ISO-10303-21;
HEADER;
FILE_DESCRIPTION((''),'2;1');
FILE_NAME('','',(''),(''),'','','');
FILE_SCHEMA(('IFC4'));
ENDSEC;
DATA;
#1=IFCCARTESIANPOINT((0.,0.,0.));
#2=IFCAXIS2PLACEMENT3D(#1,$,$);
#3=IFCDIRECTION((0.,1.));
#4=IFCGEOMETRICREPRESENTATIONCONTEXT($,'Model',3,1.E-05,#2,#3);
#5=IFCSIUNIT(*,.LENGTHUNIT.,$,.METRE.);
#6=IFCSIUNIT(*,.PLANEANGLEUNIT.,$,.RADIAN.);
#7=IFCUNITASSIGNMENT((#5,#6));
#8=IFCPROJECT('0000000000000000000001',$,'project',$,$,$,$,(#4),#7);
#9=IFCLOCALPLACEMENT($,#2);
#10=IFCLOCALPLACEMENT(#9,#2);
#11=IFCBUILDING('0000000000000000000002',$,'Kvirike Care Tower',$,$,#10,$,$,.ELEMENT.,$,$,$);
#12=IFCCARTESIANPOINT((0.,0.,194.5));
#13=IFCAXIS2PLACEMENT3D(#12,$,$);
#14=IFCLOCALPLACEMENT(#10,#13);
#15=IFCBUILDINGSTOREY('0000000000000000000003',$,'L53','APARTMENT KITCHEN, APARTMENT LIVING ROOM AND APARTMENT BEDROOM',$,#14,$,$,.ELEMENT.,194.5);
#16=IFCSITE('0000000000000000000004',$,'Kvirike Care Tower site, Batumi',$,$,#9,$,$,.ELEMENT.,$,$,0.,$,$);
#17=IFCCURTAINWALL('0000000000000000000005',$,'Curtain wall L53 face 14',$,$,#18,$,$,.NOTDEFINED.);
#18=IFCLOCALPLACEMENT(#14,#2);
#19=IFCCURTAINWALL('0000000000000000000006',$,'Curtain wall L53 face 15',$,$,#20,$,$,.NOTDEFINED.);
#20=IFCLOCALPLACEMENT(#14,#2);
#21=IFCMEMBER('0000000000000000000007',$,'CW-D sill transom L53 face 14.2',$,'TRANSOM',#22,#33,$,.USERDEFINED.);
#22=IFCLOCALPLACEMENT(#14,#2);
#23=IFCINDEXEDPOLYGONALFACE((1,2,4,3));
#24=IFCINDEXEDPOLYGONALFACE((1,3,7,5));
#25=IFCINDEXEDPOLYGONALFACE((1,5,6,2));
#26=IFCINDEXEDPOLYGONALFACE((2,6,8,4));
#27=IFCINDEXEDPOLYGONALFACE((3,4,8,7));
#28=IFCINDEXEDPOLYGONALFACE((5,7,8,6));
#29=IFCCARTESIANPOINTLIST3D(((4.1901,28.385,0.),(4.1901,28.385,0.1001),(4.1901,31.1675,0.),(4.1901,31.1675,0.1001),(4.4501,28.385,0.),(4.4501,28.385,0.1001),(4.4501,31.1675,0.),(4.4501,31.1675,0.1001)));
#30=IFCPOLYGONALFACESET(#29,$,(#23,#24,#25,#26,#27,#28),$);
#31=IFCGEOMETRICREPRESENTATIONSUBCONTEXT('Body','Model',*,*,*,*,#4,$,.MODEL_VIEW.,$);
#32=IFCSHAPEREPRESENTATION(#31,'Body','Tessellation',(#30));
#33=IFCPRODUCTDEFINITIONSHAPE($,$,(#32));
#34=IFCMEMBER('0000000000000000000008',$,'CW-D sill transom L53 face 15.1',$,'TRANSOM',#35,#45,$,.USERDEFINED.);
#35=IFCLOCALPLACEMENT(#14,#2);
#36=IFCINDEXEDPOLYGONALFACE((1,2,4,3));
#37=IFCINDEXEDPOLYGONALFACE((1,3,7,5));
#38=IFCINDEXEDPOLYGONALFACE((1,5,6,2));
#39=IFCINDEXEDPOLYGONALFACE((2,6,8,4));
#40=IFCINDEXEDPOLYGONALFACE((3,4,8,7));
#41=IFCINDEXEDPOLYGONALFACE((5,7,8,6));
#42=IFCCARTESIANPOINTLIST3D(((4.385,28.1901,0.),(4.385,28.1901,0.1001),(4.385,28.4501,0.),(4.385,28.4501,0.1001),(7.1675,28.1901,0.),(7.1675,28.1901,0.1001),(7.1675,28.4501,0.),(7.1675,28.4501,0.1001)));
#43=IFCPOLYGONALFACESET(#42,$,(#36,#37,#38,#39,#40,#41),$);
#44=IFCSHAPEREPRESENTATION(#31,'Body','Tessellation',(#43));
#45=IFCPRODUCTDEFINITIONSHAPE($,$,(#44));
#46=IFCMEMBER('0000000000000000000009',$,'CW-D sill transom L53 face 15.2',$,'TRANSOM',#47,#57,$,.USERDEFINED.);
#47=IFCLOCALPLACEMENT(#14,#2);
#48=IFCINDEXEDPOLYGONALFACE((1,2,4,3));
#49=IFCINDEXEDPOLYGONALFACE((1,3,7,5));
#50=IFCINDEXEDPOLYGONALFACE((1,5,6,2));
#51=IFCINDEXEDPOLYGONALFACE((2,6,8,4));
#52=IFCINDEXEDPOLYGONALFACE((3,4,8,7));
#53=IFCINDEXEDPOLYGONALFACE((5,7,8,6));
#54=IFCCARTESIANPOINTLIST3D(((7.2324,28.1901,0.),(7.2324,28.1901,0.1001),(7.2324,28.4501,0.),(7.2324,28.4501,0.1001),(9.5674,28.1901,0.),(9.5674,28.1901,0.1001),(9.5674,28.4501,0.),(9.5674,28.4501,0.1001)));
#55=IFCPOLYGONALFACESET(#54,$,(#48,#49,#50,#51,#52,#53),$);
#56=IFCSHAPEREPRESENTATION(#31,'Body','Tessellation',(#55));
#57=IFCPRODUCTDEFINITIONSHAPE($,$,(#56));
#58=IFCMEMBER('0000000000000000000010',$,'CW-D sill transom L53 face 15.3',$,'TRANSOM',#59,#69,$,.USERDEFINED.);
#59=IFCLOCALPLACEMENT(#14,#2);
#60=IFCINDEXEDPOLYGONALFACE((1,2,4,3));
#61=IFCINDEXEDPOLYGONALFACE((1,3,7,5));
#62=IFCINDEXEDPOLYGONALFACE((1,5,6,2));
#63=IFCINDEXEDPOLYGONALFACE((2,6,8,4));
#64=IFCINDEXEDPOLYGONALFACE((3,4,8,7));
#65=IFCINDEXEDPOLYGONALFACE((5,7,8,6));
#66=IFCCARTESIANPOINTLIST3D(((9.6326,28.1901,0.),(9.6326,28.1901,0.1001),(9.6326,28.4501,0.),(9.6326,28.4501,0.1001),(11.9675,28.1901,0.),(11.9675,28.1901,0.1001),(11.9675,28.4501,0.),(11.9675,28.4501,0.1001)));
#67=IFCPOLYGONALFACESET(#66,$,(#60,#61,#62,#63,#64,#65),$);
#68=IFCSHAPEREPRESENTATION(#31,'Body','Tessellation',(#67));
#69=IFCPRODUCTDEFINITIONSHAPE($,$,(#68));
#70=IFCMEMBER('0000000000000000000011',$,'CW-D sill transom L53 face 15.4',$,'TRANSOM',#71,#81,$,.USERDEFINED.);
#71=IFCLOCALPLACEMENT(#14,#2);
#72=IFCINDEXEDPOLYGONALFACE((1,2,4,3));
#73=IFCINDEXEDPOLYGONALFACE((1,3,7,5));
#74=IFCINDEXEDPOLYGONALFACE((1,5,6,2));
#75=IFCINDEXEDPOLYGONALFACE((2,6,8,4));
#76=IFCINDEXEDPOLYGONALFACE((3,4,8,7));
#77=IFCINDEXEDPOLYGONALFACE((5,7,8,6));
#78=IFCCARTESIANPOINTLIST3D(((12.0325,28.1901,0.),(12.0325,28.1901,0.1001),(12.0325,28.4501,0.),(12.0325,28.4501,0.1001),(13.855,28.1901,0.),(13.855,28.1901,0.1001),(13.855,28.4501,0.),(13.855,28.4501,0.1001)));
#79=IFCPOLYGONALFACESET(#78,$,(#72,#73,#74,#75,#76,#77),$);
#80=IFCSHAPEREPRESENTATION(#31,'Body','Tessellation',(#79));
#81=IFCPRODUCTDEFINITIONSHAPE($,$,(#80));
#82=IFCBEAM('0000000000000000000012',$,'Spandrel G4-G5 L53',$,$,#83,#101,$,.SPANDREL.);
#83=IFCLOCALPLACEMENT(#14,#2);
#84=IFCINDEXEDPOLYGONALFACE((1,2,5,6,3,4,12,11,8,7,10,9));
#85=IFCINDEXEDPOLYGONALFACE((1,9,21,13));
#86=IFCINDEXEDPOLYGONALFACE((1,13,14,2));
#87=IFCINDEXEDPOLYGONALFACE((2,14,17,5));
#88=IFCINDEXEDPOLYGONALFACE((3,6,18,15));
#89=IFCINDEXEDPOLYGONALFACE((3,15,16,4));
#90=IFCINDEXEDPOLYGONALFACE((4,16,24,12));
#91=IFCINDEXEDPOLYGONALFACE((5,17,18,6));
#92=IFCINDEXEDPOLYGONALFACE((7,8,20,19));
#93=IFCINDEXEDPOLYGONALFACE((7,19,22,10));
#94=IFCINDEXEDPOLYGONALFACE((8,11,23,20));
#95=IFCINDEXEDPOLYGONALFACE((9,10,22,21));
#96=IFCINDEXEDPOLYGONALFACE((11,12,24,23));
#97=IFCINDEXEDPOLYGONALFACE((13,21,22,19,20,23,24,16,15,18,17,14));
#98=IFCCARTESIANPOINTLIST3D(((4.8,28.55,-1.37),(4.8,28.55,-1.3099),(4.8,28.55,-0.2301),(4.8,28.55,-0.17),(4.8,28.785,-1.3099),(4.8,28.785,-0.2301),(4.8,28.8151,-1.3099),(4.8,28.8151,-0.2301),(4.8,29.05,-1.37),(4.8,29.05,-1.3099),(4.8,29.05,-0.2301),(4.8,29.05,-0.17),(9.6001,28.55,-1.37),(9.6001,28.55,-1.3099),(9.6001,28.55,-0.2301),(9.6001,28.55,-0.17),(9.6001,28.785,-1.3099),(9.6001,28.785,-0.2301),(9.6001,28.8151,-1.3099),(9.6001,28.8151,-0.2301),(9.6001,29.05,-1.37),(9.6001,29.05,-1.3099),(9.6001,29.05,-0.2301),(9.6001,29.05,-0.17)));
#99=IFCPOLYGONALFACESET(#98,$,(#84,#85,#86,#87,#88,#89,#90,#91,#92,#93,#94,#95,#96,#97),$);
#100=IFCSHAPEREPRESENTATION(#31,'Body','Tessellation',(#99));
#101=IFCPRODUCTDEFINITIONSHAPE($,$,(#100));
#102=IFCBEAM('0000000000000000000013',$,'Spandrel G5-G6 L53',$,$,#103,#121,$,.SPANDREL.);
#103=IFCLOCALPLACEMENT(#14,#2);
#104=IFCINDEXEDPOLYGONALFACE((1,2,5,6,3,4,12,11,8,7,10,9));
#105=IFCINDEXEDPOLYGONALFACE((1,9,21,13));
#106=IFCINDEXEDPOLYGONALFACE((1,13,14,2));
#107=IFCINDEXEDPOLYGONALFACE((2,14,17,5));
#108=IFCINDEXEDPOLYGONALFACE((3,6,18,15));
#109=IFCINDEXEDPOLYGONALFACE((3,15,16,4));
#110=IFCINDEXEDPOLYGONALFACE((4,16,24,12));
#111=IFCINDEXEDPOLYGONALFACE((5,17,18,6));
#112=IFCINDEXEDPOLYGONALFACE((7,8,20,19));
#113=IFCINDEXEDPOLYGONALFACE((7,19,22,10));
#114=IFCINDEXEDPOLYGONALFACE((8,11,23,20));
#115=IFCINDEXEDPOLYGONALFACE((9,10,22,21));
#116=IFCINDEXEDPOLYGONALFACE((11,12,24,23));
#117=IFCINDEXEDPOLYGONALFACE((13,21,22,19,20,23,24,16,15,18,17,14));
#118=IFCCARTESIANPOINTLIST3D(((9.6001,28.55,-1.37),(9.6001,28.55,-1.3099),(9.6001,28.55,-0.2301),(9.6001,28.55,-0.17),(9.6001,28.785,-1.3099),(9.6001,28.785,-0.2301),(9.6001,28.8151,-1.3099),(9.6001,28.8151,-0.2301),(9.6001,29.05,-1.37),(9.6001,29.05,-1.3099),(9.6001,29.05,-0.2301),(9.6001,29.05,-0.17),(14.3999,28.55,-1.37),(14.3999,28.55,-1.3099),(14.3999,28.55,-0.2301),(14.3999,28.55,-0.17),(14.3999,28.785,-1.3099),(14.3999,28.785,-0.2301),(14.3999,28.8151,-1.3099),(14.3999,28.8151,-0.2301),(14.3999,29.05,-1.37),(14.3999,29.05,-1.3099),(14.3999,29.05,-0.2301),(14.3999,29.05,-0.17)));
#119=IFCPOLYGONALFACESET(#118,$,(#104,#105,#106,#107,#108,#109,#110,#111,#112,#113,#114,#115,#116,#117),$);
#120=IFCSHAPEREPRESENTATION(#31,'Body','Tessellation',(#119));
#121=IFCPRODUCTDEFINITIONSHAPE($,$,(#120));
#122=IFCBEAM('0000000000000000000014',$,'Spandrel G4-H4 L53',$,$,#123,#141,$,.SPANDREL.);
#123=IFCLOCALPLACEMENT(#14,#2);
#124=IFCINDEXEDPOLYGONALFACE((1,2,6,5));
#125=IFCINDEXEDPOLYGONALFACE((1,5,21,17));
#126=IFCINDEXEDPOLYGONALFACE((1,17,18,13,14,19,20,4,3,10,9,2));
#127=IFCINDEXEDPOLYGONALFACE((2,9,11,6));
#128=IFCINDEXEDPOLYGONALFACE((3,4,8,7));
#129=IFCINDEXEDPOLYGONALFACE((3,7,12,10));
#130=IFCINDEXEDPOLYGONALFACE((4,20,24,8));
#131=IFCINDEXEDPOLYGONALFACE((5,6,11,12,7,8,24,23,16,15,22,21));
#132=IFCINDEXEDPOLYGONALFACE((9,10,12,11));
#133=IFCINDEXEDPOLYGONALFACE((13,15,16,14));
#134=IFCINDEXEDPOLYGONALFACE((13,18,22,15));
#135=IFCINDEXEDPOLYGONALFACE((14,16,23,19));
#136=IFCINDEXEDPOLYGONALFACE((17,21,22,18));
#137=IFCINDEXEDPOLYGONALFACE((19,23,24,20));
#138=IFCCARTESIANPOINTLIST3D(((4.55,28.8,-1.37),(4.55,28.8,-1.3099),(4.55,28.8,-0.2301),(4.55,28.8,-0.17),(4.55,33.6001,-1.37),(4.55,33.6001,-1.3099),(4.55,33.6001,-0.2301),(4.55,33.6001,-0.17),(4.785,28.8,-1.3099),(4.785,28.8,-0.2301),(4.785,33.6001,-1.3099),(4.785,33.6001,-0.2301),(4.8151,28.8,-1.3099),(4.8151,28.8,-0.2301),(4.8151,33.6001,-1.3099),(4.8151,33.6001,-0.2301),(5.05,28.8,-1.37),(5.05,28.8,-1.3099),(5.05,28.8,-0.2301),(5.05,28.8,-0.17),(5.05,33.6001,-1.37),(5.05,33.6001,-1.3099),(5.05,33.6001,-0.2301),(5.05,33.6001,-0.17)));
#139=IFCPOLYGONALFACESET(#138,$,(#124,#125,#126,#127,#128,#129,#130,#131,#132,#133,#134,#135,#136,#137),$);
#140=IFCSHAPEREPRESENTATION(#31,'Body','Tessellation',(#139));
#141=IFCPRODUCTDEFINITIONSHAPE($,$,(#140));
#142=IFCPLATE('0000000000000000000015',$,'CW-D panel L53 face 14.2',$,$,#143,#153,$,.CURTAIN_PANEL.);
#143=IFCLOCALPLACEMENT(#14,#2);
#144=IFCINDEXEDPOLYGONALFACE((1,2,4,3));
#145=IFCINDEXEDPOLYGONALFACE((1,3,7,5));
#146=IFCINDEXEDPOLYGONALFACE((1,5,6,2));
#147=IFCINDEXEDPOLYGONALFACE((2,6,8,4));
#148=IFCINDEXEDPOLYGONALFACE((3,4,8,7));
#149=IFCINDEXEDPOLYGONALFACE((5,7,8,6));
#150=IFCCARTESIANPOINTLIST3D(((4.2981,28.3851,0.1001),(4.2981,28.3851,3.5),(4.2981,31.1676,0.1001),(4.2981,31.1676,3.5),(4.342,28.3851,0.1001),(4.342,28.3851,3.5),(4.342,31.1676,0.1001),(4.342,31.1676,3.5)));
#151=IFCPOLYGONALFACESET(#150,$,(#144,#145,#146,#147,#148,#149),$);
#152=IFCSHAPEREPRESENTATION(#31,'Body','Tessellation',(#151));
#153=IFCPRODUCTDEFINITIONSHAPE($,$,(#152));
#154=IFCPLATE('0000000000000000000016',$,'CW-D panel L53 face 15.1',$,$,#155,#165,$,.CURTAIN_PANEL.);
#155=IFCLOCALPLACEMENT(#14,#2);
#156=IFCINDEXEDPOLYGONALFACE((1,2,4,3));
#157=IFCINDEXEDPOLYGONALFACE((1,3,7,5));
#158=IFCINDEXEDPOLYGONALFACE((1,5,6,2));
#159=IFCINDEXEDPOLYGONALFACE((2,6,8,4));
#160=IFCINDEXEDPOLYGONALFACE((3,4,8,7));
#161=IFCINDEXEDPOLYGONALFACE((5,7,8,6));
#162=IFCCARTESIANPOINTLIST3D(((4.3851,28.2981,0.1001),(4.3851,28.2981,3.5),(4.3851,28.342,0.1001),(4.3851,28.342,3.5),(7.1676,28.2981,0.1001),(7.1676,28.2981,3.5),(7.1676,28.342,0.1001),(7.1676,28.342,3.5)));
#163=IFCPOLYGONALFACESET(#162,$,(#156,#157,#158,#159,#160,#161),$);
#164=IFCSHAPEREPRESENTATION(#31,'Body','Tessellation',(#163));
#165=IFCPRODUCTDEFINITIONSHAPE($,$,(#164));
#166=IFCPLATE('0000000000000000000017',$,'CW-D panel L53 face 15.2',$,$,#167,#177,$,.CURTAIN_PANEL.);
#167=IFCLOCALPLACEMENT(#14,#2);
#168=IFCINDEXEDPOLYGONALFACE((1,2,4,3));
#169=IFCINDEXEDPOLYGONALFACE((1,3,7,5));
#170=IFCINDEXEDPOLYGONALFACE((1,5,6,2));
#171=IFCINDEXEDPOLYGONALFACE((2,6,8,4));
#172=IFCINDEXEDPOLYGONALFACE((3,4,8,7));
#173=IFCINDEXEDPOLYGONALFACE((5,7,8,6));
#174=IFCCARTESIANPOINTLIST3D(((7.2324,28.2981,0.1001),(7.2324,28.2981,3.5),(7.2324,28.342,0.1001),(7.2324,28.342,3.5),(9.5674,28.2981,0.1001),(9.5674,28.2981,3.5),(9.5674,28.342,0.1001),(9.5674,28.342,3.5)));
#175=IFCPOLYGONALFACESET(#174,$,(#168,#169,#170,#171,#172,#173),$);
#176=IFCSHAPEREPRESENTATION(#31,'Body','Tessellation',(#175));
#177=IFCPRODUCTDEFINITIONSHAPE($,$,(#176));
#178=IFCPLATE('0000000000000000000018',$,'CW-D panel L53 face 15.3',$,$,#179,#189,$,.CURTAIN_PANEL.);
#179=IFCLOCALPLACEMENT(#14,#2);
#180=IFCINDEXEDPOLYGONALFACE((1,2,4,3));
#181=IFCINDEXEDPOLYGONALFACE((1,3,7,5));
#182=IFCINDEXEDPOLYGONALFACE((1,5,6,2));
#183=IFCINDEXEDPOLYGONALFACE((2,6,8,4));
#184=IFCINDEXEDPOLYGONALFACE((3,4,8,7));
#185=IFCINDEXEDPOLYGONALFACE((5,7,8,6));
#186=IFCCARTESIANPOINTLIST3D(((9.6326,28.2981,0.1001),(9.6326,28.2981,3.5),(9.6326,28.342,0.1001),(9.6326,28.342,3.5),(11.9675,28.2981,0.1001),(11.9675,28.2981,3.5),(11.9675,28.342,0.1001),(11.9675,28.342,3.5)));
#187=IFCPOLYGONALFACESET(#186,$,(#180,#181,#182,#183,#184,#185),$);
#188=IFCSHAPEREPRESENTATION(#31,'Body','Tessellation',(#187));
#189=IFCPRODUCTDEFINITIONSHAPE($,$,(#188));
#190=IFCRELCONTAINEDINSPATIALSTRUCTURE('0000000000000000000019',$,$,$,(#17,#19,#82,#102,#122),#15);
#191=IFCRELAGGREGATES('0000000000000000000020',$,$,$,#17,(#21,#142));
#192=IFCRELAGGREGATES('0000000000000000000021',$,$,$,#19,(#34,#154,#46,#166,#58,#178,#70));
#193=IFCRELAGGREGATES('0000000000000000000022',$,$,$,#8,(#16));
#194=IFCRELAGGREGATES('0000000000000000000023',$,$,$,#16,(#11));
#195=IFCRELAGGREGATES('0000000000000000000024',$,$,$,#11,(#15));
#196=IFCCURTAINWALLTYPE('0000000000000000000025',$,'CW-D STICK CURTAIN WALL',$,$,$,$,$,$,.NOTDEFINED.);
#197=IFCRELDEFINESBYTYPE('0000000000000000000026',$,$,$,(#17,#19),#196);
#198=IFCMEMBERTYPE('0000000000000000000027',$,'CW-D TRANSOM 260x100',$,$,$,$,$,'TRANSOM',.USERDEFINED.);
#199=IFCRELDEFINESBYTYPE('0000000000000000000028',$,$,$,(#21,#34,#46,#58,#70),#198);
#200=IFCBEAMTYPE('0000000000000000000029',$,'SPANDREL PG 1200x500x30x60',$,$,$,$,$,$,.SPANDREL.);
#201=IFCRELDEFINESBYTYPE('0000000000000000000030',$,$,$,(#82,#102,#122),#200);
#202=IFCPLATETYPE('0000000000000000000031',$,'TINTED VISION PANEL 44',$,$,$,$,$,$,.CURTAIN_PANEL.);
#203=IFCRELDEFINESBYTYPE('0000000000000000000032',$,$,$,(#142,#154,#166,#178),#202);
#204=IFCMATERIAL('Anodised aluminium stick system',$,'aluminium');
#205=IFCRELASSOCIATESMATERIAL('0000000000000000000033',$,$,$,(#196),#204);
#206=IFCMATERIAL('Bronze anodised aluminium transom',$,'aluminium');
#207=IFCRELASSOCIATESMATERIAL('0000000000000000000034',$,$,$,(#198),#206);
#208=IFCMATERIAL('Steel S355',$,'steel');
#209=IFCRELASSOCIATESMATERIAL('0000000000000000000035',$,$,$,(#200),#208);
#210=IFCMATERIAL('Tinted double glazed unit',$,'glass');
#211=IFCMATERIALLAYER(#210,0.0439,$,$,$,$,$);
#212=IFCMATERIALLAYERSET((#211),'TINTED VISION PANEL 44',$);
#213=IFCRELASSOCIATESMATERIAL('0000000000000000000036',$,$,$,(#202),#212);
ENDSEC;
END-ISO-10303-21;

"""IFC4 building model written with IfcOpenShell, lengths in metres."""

from ifc_helpers import new_model, si_unit, direction, frame, origin, origin_2d, place, context, subcontext, project, spatial, rectangle, i_section, extrude, material, layer, layer_set, material_profile, profile_set, type_object, element, aggregate, save


model = new_model("IFC4")

# Units and contexts
model_context = context("Model", 3, precision=1e-05, world=origin(), true_north=direction((0.0, 1.0)))
body_context = subcontext(model_context, "Body", "Model", "MODEL_VIEW")
ifc_project = project(units=[si_unit("LENGTHUNIT", "METRE"), si_unit("PLANEANGLEUNIT", "RADIAN")], contexts=[model_context])

# Site, building, storey
site_placement = place(None, origin())
site = spatial("IfcSite", under=ifc_project, at=site_placement, Name="Kvirike Care Tower site, Batumi", CompositionType="ELEMENT", RefElevation=0.0)
building_placement = place(site_placement, origin())
building = spatial("IfcBuilding", under=site, at=building_placement, Name="Kvirike Care Tower", CompositionType="ELEMENT")
storey_placement = place(building_placement, frame((0.0, 0.0, 194.5)))
storey = spatial("IfcBuildingStorey", under=building, at=storey_placement, Name="L53", Description="APARTMENT KITCHEN, APARTMENT LIVING ROOM AND APARTMENT BEDROOM", CompositionType="ELEMENT", Elevation=194.5)

# Curtain walls
ifc_material_1 = material(Name="Anodised aluminium stick system", Category="aluminium")
curtain_wall_type = type_object("IfcCurtainWallType", Name="CW-D STICK CURTAIN WALL", PredefinedType="NOTDEFINED", material=ifc_material_1)
curtain_wall_1_placement = place(storey_placement, origin())
curtain_wall_1 = element("IfcCurtainWall", 1, at=curtain_wall_1_placement, inside=storey, type_object=curtain_wall_type, Name="Curtain wall L53 face 14", PredefinedType="NOTDEFINED")
curtain_wall_2_placement = place(storey_placement, origin())
curtain_wall_2 = element("IfcCurtainWall", 2, at=curtain_wall_2_placement, inside=storey, type_object=curtain_wall_type, Name="Curtain wall L53 face 15", PredefinedType="NOTDEFINED")

# Members
ifc_material_2 = material(Name="Bronze anodised aluminium transom", Category="aluminium")
ifc_material_profile_1 = material_profile(ifc_material_2, rectangle(XDim=0.26, YDim=0.1001, at=origin_2d()), Name="CW-D TRANSOM 260x100")
ifc_profile_set_1 = profile_set([ifc_material_profile_1], Name="Bronze anodised aluminium transom")
member_type_1 = type_object("IfcMemberType", Name="CW-D TRANSOM 260x100", ElementType="TRANSOM", PredefinedType="USERDEFINED", material=ifc_profile_set_1)
member_1_placement = place(storey_placement, frame((4.3201, 31.1675, 0.05), z_axis=(0.0, -1.0, 0.0), x_axis=(1.0, 0.0, 0.0)))
member_1 = element("IfcMember", 3, at=member_1_placement, type_object=member_type_1, Name="CW-D sill transom L53 face 14.2", ObjectType="TRANSOM", PredefinedType="USERDEFINED", context=body_context, shape_type="SweptSolid", body=[
    extrude(rectangle(XDim=0.26, YDim=0.1001, at=origin_2d()), origin(), (0.0, 0.0, 1.0), 2.7825),
])
member_2_placement = place(storey_placement, frame((4.385, 28.3201, 0.05), z_axis=(1.0, 0.0, 0.0), x_axis=(0.0, 1.0, 0.0)))
member_2 = element("IfcMember", 4, at=member_2_placement, type_object=member_type_1, Name="CW-D sill transom L53 face 15.1", ObjectType="TRANSOM", PredefinedType="USERDEFINED", context=body_context, shape_type="SweptSolid", body=[
    extrude(rectangle(XDim=0.26, YDim=0.1001, at=origin_2d()), origin(), (0.0, 0.0, 1.0), 2.7825),
])
member_3_placement = place(storey_placement, frame((7.2324, 28.3201, 0.05), z_axis=(1.0, 0.0, 0.0), x_axis=(0.0, 1.0, 0.0)))
member_3 = element("IfcMember", 5, at=member_3_placement, type_object=member_type_1, Name="CW-D sill transom L53 face 15.2", ObjectType="TRANSOM", PredefinedType="USERDEFINED", context=body_context, shape_type="SweptSolid", body=[
    extrude(rectangle(XDim=0.26, YDim=0.1001, at=origin_2d()), origin(), (0.0, 0.0, 1.0), 2.335),
])
member_4_placement = place(storey_placement, frame((9.6326, 28.3201, 0.05), z_axis=(1.0, 0.0, 0.0), x_axis=(0.0, 1.0, 0.0)))
member_4 = element("IfcMember", 6, at=member_4_placement, type_object=member_type_1, Name="CW-D sill transom L53 face 15.3", ObjectType="TRANSOM", PredefinedType="USERDEFINED", context=body_context, shape_type="SweptSolid", body=[
    extrude(rectangle(XDim=0.26, YDim=0.1001, at=origin_2d()), origin(), (0.0, 0.0, 1.0), 2.335),
])
member_5_placement = place(storey_placement, frame((12.0325, 28.3201, 0.05), z_axis=(1.0, 0.0, 0.0), x_axis=(0.0, 1.0, 0.0)))
member_5 = element("IfcMember", 7, at=member_5_placement, type_object=member_type_1, Name="CW-D sill transom L53 face 15.4", ObjectType="TRANSOM", PredefinedType="USERDEFINED", context=body_context, shape_type="SweptSolid", body=[
    extrude(rectangle(XDim=0.26, YDim=0.1001, at=origin_2d()), origin(), (0.0, 0.0, 1.0), 1.8225),
])

# Beams
ifc_material_3 = material(Name="Steel S355", Category="steel")
ifc_material_profile_2 = material_profile(ifc_material_3, i_section(OverallWidth=0.5, OverallDepth=1.2, WebThickness=0.03, FlangeThickness=0.0601, at=origin_2d()), Name="PG 1200x500x30x60")
ifc_profile_set_2 = profile_set([ifc_material_profile_2], Name="Steel S355")
beam_type = type_object("IfcBeamType", Name="SPANDREL PG 1200x500x30x60", PredefinedType="SPANDREL", material=ifc_profile_set_2)
beam_1_placement = place(storey_placement, frame((4.8, 28.8, -0.77), z_axis=(1.0, 0.0, 0.0), x_axis=(0.0, 1.0, 0.0)))
element("IfcBeam", 8, at=beam_1_placement, inside=storey, type_object=beam_type, Name="Spandrel G4-G5 L53", PredefinedType="SPANDREL", context=body_context, shape_type="SweptSolid", body=[
    extrude(i_section(OverallWidth=0.5, OverallDepth=1.2, WebThickness=0.03, FlangeThickness=0.0601, at=origin_2d()), origin(), (0.0, 0.0, 1.0), 4.8),
])
beam_2_placement = place(storey_placement, frame((9.6001, 28.8, -0.77), z_axis=(1.0, 0.0, 0.0), x_axis=(0.0, 1.0, 0.0)))
element("IfcBeam", 9, at=beam_2_placement, inside=storey, type_object=beam_type, Name="Spandrel G5-G6 L53", PredefinedType="SPANDREL", context=body_context, shape_type="SweptSolid", body=[
    extrude(i_section(OverallWidth=0.5, OverallDepth=1.2, WebThickness=0.03, FlangeThickness=0.0601, at=origin_2d()), origin(), (0.0, 0.0, 1.0), 4.7998),
])
beam_3_placement = place(storey_placement, frame((4.8, 28.8, -0.77), z_axis=(0.0, 1.0, 0.0), x_axis=(-1.0, 0.0, 0.0)))
element("IfcBeam", 10, at=beam_3_placement, inside=storey, type_object=beam_type, Name="Spandrel G4-H4 L53", PredefinedType="SPANDREL", context=body_context, shape_type="SweptSolid", body=[
    extrude(i_section(OverallWidth=0.5, OverallDepth=1.2, WebThickness=0.03, FlangeThickness=0.0601, at=origin_2d()), origin(), (0.0, 0.0, 1.0), 4.8),
])

# Plates
ifc_material_4 = material(Name="Tinted double glazed unit", Category="glass")
ifc_layer = layer(ifc_material_4, 0.0439)
ifc_layer_set = layer_set([ifc_layer], Name="TINTED VISION PANEL 44")
plate_type = type_object("IfcPlateType", Name="TINTED VISION PANEL 44", PredefinedType="CURTAIN_PANEL", material=ifc_layer_set)
plate_1_placement = place(storey_placement, frame((4.3201, 29.7764, 0.1001), z_axis=(0.0, 0.0, 1.0), x_axis=(0.0, -1.0, 0.0)))
plate_1 = element("IfcPlate", 11, at=plate_1_placement, type_object=plate_type, Name="CW-D panel L53 face 14.2", PredefinedType="CURTAIN_PANEL", context=body_context, shape_type="SweptSolid", body=[
    extrude(rectangle(XDim=2.7825, YDim=0.0439, at=origin_2d()), origin(), (0.0, 0.0, 1.0), 3.3999),
])
aggregate(curtain_wall_1, [member_1, plate_1])
plate_2_placement = place(storey_placement, frame((5.7764, 28.3201, 0.1001), z_axis=(0.0, 0.0, 1.0), x_axis=(1.0, 0.0, 0.0)))
plate_2 = element("IfcPlate", 12, at=plate_2_placement, type_object=plate_type, Name="CW-D panel L53 face 15.1", PredefinedType="CURTAIN_PANEL", context=body_context, shape_type="SweptSolid", body=[
    extrude(rectangle(XDim=2.7825, YDim=0.0439, at=origin_2d()), origin(), (0.0, 0.0, 1.0), 3.3999),
])
plate_3_placement = place(storey_placement, frame((8.3999, 28.3201, 0.1001), z_axis=(0.0, 0.0, 1.0), x_axis=(1.0, 0.0, 0.0)))
plate_3 = element("IfcPlate", 13, at=plate_3_placement, type_object=plate_type, Name="CW-D panel L53 face 15.2", PredefinedType="CURTAIN_PANEL", context=body_context, shape_type="SweptSolid", body=[
    extrude(rectangle(XDim=2.335, YDim=0.0439, at=origin_2d()), origin(), (0.0, 0.0, 1.0), 3.3999),
])
plate_4_placement = place(storey_placement, frame((10.8, 28.3201, 0.1001), z_axis=(0.0, 0.0, 1.0), x_axis=(1.0, 0.0, 0.0)))
plate_4 = element("IfcPlate", 14, at=plate_4_placement, type_object=plate_type, Name="CW-D panel L53 face 15.3", PredefinedType="CURTAIN_PANEL", context=body_context, shape_type="SweptSolid", body=[
    extrude(rectangle(XDim=2.335, YDim=0.0439, at=origin_2d()), origin(), (0.0, 0.0, 1.0), 3.3999),
])
aggregate(curtain_wall_2, [member_2, plate_2, member_3, plate_3, member_4, plate_4, member_5])

save(model, "model.ifc")
